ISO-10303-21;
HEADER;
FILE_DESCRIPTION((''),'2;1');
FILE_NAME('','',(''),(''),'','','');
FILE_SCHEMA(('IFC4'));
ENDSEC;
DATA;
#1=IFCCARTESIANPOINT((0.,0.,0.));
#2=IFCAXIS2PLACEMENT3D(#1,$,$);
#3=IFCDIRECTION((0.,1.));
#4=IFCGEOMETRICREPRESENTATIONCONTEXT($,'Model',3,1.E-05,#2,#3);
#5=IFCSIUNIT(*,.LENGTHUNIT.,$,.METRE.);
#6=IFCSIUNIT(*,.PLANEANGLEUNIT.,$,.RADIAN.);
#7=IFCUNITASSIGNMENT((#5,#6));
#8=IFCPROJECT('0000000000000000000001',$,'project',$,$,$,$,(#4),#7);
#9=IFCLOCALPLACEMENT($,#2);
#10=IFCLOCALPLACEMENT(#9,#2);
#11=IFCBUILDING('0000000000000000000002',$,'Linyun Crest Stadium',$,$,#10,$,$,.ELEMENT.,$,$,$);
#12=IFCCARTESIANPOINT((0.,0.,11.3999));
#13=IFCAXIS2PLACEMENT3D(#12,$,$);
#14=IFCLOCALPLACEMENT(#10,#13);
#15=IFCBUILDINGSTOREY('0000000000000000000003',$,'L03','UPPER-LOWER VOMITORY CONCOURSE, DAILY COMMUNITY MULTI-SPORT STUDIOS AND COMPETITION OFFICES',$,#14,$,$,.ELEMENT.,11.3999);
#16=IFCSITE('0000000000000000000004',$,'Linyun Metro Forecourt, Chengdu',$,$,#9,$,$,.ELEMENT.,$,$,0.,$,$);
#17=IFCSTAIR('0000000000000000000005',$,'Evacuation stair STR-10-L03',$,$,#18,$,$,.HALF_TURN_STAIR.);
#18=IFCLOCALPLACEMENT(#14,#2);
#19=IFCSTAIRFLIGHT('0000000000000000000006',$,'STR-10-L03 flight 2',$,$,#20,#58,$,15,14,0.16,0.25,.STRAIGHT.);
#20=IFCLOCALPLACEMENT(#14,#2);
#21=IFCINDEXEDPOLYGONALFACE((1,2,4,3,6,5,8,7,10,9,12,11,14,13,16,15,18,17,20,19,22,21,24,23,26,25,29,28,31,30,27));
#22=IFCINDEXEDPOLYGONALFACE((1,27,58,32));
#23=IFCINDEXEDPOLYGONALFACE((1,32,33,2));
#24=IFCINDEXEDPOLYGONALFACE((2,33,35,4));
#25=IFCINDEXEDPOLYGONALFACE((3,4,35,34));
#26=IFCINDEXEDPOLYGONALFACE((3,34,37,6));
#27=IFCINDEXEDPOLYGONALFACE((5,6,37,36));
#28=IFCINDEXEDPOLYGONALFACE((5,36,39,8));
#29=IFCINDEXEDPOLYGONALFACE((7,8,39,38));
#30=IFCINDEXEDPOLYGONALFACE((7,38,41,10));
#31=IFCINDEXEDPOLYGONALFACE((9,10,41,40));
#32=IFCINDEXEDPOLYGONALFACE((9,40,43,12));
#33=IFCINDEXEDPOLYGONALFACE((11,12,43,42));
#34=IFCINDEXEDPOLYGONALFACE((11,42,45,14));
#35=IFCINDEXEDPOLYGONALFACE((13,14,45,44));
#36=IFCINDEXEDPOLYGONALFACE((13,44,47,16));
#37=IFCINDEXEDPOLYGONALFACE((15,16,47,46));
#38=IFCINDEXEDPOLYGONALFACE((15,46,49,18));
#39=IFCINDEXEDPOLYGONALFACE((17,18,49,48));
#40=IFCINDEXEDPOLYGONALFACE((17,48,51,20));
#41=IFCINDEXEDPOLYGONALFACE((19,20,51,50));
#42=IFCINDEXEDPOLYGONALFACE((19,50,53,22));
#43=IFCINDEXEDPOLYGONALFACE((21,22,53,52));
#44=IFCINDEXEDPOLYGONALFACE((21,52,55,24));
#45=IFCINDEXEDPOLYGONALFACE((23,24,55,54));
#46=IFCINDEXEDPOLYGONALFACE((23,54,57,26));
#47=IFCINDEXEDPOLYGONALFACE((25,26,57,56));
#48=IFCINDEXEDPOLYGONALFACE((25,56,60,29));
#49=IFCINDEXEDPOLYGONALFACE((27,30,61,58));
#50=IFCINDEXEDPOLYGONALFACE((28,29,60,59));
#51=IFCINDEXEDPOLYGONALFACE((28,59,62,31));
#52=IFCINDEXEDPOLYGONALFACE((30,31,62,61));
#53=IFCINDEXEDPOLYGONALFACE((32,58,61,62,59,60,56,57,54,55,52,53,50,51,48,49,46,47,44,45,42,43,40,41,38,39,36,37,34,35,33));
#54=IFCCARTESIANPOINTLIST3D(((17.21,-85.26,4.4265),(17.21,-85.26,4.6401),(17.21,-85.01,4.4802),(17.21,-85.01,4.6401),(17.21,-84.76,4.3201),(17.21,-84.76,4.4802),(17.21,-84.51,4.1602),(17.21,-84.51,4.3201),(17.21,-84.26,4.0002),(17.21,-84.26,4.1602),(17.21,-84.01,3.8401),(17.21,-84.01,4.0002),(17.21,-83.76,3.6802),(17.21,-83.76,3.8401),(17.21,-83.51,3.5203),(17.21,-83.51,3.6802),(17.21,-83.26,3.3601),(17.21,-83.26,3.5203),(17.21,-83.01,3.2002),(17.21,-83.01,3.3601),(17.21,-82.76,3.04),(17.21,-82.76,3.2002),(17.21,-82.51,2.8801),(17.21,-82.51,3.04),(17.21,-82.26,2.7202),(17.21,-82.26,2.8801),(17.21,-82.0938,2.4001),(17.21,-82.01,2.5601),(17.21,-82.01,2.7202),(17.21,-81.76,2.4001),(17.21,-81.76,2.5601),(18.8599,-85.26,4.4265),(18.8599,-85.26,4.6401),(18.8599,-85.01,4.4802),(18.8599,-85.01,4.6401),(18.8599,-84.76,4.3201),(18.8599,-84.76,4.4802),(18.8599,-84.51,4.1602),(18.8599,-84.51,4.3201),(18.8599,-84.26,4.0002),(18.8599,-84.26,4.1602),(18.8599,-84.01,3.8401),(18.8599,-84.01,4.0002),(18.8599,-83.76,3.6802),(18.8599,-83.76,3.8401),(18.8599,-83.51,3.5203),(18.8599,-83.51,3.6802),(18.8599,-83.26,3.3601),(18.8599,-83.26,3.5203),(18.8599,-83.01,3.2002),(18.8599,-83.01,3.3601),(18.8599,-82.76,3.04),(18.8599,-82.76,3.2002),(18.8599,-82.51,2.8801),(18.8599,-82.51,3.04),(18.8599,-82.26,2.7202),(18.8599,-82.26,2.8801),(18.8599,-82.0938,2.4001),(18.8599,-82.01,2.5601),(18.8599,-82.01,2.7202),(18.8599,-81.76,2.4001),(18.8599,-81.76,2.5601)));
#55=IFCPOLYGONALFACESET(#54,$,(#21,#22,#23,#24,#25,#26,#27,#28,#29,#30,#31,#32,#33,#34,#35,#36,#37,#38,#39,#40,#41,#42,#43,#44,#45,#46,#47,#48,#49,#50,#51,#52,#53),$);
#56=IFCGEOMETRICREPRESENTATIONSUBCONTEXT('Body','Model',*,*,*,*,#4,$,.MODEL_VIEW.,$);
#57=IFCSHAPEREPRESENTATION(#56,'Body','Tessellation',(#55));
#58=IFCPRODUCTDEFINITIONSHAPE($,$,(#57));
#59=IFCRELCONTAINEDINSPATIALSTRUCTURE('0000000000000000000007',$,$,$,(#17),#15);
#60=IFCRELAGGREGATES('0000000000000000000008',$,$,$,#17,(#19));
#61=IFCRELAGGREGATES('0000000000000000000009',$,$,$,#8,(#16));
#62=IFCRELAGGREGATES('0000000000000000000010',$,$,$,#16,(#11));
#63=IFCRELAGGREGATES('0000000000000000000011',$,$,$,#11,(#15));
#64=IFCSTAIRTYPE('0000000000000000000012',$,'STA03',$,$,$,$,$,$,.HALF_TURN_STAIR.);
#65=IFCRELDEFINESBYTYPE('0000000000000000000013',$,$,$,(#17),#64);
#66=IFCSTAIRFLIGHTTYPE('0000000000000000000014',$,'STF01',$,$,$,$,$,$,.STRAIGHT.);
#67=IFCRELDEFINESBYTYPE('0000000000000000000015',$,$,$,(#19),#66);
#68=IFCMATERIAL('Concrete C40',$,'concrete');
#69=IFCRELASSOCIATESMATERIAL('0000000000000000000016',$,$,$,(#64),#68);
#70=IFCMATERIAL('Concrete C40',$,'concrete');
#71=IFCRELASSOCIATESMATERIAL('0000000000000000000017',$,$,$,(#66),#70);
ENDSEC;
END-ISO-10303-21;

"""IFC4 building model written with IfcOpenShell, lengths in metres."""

from ifc_helpers import new_model, si_unit, direction, frame, origin, place, context, subcontext, project, spatial, polyline, outline, extrude, material, type_object, element, aggregate, save


model = new_model("IFC4")

# Units and contexts
model_context = context("Model", 3, precision=1e-05, world=origin(), true_north=direction((0.0, 1.0)))
body_context = subcontext(model_context, "Body", "Model", "MODEL_VIEW")
ifc_project = project(units=[si_unit("LENGTHUNIT", "METRE"), si_unit("PLANEANGLEUNIT", "RADIAN")], contexts=[model_context])

# Site, building, storey
site_placement = place(None, origin())
site = spatial("IfcSite", under=ifc_project, at=site_placement, Name="Linyun Metro Forecourt, Chengdu", CompositionType="ELEMENT", RefElevation=0.0)
building_placement = place(site_placement, origin())
building = spatial("IfcBuilding", under=site, at=building_placement, Name="Linyun Crest Stadium", CompositionType="ELEMENT")
storey_placement = place(building_placement, frame((0.0, 0.0, 11.3999)))
storey = spatial("IfcBuildingStorey", under=building, at=storey_placement, Name="L03", Description="UPPER-LOWER VOMITORY CONCOURSE, DAILY COMMUNITY MULTI-SPORT STUDIOS AND COMPETITION OFFICES", CompositionType="ELEMENT", Elevation=11.3999)

# Stair, stair flight
ifc_material_1 = material(Name="Concrete C40", Category="concrete")
stair_type = type_object("IfcStairType", Name="STA03", PredefinedType="HALF_TURN_STAIR", material=ifc_material_1)
stair_placement = place(storey_placement, origin())
stair = element("IfcStair", 1, at=stair_placement, inside=storey, type_object=stair_type, Name="Evacuation stair STR-10-L03", PredefinedType="HALF_TURN_STAIR")
ifc_material_2 = material(Name="Concrete C40", Category="concrete")
stair_flight_type = type_object("IfcStairFlightType", Name="STF01", PredefinedType="STRAIGHT", material=ifc_material_2)
stair_flight_1_placement = place(storey_placement, frame((18.0349, -81.76, 2.4001), z_axis=(0.0, 0.0, 1.0), x_axis=(0.0, -1.0, 0.0)))
stair_flight_1 = element("IfcStairFlight", 2, at=stair_flight_1_placement, type_object=stair_flight_type, Name="STR-10-L03 flight 2", NumberOfRisers=15, NumberOfTreads=14, PredefinedType="STRAIGHT", RiserHeight=0.16, TreadLength=0.25, context=body_context, shape_type="SweptSolid", body=[
    extrude(outline(polyline([(0.0, 0.0), (0.0, 0.1599), (0.25, 0.1599), (0.25, 0.3201), (0.5, 0.3201), (0.5, 0.48), (0.75, 0.48), (0.75, 0.6399), (1.0, 0.6399), (1.0, 0.8), (1.25, 0.8), (1.25, 0.96), (1.5, 0.96), (1.5, 1.1201), (1.75, 1.1201), (1.75, 1.28), (2.0, 1.28), (2.0, 1.4399), (2.25, 1.4399), (2.25, 1.6001), (2.5, 1.6001), (2.5, 1.76), (2.75, 1.76), (2.75, 1.9199), (3.0, 1.9199), (3.0, 2.0801), (3.25, 2.0801), (3.25, 2.24), (3.5, 2.24), (3.5, 2.3999), (3.5, 2.0264), (0.3337, 0.0), (0.0, 0.0)])), frame((0.0, 0.825, 0.0), z_axis=(0.0, -1.0, 0.0), x_axis=(1.0, 0.0, 0.0)), (0.0, 0.0, 1.0), 1.6499),
])
aggregate(stair, [stair_flight_1])

save(model, "model.ifc")
